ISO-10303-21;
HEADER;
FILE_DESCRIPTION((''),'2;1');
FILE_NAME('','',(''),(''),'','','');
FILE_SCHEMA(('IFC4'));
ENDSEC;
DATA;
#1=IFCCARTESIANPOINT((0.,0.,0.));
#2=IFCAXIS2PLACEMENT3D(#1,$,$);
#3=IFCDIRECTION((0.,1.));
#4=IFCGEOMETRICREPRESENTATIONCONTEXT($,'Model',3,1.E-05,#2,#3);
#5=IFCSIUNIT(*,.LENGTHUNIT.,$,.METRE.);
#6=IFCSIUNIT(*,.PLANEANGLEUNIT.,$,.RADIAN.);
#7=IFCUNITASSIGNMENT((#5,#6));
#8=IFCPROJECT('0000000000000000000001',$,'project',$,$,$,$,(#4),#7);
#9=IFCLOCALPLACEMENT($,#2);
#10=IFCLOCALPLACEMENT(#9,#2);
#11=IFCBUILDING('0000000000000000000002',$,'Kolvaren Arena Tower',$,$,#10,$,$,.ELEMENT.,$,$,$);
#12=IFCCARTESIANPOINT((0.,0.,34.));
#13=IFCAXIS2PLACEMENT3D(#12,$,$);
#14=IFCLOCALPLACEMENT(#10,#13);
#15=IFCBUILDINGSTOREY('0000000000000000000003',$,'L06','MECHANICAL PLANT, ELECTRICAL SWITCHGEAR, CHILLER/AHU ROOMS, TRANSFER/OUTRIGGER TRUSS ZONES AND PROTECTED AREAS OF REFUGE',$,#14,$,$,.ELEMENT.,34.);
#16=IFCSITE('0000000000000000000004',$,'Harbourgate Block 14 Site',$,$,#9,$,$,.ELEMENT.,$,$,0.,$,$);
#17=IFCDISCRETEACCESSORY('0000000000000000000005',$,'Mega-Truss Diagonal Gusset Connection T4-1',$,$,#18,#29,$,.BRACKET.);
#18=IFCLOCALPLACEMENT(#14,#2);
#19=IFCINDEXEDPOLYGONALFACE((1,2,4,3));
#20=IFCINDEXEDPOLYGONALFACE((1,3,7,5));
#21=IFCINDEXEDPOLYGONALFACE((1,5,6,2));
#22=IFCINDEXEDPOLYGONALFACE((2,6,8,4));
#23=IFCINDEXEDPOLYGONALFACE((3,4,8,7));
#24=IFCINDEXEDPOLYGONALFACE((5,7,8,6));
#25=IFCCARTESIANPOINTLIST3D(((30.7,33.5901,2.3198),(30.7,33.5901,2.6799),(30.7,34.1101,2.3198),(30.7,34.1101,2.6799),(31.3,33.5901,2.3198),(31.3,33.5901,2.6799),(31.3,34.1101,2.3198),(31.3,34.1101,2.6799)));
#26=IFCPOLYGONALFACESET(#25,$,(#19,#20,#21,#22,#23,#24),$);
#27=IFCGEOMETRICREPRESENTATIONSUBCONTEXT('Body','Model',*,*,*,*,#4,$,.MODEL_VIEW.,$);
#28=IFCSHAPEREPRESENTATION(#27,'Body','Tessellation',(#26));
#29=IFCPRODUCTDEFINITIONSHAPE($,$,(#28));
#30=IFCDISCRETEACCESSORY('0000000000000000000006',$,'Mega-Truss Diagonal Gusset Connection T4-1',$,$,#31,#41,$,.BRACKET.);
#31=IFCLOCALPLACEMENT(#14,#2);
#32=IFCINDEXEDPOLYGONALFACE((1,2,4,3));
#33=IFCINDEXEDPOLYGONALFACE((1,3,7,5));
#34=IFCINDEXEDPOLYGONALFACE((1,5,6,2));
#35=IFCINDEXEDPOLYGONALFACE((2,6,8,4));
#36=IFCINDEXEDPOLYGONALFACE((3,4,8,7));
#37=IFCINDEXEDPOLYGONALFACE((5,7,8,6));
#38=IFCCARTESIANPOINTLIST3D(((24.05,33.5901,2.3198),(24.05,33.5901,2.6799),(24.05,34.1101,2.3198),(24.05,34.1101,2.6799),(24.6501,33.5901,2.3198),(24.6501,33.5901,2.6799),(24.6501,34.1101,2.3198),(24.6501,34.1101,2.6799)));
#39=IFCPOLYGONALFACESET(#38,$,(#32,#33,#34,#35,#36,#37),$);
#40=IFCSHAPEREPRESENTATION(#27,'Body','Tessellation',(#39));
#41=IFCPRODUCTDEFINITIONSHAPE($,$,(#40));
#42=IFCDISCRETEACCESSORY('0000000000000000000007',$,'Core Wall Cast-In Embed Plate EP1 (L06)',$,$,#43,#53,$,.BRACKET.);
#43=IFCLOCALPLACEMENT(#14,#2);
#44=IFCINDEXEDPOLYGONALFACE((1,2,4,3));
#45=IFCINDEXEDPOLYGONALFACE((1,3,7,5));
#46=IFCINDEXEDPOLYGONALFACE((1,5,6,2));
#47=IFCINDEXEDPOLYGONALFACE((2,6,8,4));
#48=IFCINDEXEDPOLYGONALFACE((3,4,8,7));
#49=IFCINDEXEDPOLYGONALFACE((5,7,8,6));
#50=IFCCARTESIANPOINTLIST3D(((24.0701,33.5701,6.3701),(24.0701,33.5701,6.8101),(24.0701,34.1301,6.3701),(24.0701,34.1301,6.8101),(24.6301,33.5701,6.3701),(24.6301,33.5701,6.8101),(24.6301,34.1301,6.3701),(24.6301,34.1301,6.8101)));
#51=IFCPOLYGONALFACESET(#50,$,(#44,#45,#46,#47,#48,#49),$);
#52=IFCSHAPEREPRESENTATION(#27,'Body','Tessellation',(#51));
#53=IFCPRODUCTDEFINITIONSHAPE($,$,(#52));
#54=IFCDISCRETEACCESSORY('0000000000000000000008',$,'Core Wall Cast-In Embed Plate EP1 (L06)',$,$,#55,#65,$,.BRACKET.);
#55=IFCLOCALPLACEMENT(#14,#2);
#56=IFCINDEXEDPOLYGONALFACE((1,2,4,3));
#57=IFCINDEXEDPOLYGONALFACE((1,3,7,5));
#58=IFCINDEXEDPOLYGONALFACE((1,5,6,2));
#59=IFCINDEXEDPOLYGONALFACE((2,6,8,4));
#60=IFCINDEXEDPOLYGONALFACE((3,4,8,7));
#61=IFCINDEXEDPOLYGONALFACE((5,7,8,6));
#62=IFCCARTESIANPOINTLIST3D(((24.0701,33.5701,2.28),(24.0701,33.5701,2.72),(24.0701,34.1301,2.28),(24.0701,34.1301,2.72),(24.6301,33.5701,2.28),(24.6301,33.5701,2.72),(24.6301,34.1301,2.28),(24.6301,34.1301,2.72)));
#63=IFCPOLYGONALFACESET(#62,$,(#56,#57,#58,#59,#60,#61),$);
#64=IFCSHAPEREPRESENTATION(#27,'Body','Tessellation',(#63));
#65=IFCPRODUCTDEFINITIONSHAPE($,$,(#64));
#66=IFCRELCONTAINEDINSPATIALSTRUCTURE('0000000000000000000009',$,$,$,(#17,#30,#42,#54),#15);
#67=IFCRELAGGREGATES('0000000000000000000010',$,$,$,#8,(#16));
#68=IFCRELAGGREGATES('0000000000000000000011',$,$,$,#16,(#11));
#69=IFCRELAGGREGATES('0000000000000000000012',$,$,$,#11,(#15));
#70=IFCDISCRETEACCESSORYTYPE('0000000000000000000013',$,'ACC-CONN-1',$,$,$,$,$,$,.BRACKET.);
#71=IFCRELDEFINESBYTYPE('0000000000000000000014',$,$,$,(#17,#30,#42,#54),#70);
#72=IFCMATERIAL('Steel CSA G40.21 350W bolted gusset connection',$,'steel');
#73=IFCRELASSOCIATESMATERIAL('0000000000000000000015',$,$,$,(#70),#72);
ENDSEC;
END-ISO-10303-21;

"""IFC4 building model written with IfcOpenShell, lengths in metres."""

from ifc_helpers import new_model, si_unit, direction, frame, origin, origin_2d, place, context, subcontext, project, spatial, rectangle, extrude, material, type_object, element, save


model = new_model("IFC4")

# Units and contexts
model_context = context("Model", 3, precision=1e-05, world=origin(), true_north=direction((0.0, 1.0)))
body_context = subcontext(model_context, "Body", "Model", "MODEL_VIEW")
ifc_project = project(units=[si_unit("LENGTHUNIT", "METRE"), si_unit("PLANEANGLEUNIT", "RADIAN")], contexts=[model_context])

# Site, building, storey
site_placement = place(None, origin())
site = spatial("IfcSite", under=ifc_project, at=site_placement, Name="Harbourgate Block 14 Site", CompositionType="ELEMENT", RefElevation=0.0)
building_placement = place(site_placement, origin())
building = spatial("IfcBuilding", under=site, at=building_placement, Name="Kolvaren Arena Tower", CompositionType="ELEMENT")
storey_placement = place(building_placement, frame((0.0, 0.0, 34.0)))
storey = spatial("IfcBuildingStorey", under=building, at=storey_placement, Name="L06", Description="MECHANICAL PLANT, ELECTRICAL SWITCHGEAR, CHILLER/AHU ROOMS, TRANSFER/OUTRIGGER TRUSS ZONES AND PROTECTED AREAS OF REFUGE", CompositionType="ELEMENT", Elevation=34.0)

# Discrete accessories
ifc_material_1 = material(Name="Steel CSA G40.21 350W bolted gusset connection", Category="steel")
discrete_accessory_type = type_object("IfcDiscreteAccessoryType", Name="ACC-CONN-1", PredefinedType="BRACKET", material=ifc_material_1)
for number, where, z_axis, x_axis, name in (
    (1, (31.0, 33.8501, 2.3198), (0.0, 0.0, 1.0), (1.0, 0.0, 0.0), "Mega-Truss Diagonal Gusset Connection T4-1"),
    (2, (24.3501, 33.8501, 2.3198), (0.0, 0.0, 1.0), (1.0, 0.0, 0.0), "Mega-Truss Diagonal Gusset Connection T4-1"),
):
    element("IfcDiscreteAccessory", number, at=place(storey_placement, frame(where, z_axis=z_axis, x_axis=x_axis)), inside=storey, type_object=discrete_accessory_type, Name=name, PredefinedType="BRACKET", context=body_context, shape_type="SweptSolid", body=[
        extrude(rectangle(XDim=0.6001, YDim=0.52, at=origin_2d()), origin(), (0.0, 0.0, 1.0), 0.3601),
    ])
for number, where, z_axis, x_axis, name in (
    (3, (24.3501, 33.8501, 6.3701), (0.0, 0.0, 1.0), (1.0, 0.0, 0.0), "Core Wall Cast-In Embed Plate EP1 (L06)"),
    (4, (24.3501, 33.8501, 2.28), (0.0, 0.0, 1.0), (1.0, 0.0, 0.0), "Core Wall Cast-In Embed Plate EP1 (L06)"),
):
    element("IfcDiscreteAccessory", number, at=place(storey_placement, frame(where, z_axis=z_axis, x_axis=x_axis)), inside=storey, type_object=discrete_accessory_type, Name=name, PredefinedType="BRACKET", context=body_context, shape_type="SweptSolid", body=[
        extrude(rectangle(XDim=0.5601, YDim=0.5601, at=origin_2d()), origin(), (0.0, 0.0, 1.0), 0.4399),
    ])

save(model, "model.ifc")
